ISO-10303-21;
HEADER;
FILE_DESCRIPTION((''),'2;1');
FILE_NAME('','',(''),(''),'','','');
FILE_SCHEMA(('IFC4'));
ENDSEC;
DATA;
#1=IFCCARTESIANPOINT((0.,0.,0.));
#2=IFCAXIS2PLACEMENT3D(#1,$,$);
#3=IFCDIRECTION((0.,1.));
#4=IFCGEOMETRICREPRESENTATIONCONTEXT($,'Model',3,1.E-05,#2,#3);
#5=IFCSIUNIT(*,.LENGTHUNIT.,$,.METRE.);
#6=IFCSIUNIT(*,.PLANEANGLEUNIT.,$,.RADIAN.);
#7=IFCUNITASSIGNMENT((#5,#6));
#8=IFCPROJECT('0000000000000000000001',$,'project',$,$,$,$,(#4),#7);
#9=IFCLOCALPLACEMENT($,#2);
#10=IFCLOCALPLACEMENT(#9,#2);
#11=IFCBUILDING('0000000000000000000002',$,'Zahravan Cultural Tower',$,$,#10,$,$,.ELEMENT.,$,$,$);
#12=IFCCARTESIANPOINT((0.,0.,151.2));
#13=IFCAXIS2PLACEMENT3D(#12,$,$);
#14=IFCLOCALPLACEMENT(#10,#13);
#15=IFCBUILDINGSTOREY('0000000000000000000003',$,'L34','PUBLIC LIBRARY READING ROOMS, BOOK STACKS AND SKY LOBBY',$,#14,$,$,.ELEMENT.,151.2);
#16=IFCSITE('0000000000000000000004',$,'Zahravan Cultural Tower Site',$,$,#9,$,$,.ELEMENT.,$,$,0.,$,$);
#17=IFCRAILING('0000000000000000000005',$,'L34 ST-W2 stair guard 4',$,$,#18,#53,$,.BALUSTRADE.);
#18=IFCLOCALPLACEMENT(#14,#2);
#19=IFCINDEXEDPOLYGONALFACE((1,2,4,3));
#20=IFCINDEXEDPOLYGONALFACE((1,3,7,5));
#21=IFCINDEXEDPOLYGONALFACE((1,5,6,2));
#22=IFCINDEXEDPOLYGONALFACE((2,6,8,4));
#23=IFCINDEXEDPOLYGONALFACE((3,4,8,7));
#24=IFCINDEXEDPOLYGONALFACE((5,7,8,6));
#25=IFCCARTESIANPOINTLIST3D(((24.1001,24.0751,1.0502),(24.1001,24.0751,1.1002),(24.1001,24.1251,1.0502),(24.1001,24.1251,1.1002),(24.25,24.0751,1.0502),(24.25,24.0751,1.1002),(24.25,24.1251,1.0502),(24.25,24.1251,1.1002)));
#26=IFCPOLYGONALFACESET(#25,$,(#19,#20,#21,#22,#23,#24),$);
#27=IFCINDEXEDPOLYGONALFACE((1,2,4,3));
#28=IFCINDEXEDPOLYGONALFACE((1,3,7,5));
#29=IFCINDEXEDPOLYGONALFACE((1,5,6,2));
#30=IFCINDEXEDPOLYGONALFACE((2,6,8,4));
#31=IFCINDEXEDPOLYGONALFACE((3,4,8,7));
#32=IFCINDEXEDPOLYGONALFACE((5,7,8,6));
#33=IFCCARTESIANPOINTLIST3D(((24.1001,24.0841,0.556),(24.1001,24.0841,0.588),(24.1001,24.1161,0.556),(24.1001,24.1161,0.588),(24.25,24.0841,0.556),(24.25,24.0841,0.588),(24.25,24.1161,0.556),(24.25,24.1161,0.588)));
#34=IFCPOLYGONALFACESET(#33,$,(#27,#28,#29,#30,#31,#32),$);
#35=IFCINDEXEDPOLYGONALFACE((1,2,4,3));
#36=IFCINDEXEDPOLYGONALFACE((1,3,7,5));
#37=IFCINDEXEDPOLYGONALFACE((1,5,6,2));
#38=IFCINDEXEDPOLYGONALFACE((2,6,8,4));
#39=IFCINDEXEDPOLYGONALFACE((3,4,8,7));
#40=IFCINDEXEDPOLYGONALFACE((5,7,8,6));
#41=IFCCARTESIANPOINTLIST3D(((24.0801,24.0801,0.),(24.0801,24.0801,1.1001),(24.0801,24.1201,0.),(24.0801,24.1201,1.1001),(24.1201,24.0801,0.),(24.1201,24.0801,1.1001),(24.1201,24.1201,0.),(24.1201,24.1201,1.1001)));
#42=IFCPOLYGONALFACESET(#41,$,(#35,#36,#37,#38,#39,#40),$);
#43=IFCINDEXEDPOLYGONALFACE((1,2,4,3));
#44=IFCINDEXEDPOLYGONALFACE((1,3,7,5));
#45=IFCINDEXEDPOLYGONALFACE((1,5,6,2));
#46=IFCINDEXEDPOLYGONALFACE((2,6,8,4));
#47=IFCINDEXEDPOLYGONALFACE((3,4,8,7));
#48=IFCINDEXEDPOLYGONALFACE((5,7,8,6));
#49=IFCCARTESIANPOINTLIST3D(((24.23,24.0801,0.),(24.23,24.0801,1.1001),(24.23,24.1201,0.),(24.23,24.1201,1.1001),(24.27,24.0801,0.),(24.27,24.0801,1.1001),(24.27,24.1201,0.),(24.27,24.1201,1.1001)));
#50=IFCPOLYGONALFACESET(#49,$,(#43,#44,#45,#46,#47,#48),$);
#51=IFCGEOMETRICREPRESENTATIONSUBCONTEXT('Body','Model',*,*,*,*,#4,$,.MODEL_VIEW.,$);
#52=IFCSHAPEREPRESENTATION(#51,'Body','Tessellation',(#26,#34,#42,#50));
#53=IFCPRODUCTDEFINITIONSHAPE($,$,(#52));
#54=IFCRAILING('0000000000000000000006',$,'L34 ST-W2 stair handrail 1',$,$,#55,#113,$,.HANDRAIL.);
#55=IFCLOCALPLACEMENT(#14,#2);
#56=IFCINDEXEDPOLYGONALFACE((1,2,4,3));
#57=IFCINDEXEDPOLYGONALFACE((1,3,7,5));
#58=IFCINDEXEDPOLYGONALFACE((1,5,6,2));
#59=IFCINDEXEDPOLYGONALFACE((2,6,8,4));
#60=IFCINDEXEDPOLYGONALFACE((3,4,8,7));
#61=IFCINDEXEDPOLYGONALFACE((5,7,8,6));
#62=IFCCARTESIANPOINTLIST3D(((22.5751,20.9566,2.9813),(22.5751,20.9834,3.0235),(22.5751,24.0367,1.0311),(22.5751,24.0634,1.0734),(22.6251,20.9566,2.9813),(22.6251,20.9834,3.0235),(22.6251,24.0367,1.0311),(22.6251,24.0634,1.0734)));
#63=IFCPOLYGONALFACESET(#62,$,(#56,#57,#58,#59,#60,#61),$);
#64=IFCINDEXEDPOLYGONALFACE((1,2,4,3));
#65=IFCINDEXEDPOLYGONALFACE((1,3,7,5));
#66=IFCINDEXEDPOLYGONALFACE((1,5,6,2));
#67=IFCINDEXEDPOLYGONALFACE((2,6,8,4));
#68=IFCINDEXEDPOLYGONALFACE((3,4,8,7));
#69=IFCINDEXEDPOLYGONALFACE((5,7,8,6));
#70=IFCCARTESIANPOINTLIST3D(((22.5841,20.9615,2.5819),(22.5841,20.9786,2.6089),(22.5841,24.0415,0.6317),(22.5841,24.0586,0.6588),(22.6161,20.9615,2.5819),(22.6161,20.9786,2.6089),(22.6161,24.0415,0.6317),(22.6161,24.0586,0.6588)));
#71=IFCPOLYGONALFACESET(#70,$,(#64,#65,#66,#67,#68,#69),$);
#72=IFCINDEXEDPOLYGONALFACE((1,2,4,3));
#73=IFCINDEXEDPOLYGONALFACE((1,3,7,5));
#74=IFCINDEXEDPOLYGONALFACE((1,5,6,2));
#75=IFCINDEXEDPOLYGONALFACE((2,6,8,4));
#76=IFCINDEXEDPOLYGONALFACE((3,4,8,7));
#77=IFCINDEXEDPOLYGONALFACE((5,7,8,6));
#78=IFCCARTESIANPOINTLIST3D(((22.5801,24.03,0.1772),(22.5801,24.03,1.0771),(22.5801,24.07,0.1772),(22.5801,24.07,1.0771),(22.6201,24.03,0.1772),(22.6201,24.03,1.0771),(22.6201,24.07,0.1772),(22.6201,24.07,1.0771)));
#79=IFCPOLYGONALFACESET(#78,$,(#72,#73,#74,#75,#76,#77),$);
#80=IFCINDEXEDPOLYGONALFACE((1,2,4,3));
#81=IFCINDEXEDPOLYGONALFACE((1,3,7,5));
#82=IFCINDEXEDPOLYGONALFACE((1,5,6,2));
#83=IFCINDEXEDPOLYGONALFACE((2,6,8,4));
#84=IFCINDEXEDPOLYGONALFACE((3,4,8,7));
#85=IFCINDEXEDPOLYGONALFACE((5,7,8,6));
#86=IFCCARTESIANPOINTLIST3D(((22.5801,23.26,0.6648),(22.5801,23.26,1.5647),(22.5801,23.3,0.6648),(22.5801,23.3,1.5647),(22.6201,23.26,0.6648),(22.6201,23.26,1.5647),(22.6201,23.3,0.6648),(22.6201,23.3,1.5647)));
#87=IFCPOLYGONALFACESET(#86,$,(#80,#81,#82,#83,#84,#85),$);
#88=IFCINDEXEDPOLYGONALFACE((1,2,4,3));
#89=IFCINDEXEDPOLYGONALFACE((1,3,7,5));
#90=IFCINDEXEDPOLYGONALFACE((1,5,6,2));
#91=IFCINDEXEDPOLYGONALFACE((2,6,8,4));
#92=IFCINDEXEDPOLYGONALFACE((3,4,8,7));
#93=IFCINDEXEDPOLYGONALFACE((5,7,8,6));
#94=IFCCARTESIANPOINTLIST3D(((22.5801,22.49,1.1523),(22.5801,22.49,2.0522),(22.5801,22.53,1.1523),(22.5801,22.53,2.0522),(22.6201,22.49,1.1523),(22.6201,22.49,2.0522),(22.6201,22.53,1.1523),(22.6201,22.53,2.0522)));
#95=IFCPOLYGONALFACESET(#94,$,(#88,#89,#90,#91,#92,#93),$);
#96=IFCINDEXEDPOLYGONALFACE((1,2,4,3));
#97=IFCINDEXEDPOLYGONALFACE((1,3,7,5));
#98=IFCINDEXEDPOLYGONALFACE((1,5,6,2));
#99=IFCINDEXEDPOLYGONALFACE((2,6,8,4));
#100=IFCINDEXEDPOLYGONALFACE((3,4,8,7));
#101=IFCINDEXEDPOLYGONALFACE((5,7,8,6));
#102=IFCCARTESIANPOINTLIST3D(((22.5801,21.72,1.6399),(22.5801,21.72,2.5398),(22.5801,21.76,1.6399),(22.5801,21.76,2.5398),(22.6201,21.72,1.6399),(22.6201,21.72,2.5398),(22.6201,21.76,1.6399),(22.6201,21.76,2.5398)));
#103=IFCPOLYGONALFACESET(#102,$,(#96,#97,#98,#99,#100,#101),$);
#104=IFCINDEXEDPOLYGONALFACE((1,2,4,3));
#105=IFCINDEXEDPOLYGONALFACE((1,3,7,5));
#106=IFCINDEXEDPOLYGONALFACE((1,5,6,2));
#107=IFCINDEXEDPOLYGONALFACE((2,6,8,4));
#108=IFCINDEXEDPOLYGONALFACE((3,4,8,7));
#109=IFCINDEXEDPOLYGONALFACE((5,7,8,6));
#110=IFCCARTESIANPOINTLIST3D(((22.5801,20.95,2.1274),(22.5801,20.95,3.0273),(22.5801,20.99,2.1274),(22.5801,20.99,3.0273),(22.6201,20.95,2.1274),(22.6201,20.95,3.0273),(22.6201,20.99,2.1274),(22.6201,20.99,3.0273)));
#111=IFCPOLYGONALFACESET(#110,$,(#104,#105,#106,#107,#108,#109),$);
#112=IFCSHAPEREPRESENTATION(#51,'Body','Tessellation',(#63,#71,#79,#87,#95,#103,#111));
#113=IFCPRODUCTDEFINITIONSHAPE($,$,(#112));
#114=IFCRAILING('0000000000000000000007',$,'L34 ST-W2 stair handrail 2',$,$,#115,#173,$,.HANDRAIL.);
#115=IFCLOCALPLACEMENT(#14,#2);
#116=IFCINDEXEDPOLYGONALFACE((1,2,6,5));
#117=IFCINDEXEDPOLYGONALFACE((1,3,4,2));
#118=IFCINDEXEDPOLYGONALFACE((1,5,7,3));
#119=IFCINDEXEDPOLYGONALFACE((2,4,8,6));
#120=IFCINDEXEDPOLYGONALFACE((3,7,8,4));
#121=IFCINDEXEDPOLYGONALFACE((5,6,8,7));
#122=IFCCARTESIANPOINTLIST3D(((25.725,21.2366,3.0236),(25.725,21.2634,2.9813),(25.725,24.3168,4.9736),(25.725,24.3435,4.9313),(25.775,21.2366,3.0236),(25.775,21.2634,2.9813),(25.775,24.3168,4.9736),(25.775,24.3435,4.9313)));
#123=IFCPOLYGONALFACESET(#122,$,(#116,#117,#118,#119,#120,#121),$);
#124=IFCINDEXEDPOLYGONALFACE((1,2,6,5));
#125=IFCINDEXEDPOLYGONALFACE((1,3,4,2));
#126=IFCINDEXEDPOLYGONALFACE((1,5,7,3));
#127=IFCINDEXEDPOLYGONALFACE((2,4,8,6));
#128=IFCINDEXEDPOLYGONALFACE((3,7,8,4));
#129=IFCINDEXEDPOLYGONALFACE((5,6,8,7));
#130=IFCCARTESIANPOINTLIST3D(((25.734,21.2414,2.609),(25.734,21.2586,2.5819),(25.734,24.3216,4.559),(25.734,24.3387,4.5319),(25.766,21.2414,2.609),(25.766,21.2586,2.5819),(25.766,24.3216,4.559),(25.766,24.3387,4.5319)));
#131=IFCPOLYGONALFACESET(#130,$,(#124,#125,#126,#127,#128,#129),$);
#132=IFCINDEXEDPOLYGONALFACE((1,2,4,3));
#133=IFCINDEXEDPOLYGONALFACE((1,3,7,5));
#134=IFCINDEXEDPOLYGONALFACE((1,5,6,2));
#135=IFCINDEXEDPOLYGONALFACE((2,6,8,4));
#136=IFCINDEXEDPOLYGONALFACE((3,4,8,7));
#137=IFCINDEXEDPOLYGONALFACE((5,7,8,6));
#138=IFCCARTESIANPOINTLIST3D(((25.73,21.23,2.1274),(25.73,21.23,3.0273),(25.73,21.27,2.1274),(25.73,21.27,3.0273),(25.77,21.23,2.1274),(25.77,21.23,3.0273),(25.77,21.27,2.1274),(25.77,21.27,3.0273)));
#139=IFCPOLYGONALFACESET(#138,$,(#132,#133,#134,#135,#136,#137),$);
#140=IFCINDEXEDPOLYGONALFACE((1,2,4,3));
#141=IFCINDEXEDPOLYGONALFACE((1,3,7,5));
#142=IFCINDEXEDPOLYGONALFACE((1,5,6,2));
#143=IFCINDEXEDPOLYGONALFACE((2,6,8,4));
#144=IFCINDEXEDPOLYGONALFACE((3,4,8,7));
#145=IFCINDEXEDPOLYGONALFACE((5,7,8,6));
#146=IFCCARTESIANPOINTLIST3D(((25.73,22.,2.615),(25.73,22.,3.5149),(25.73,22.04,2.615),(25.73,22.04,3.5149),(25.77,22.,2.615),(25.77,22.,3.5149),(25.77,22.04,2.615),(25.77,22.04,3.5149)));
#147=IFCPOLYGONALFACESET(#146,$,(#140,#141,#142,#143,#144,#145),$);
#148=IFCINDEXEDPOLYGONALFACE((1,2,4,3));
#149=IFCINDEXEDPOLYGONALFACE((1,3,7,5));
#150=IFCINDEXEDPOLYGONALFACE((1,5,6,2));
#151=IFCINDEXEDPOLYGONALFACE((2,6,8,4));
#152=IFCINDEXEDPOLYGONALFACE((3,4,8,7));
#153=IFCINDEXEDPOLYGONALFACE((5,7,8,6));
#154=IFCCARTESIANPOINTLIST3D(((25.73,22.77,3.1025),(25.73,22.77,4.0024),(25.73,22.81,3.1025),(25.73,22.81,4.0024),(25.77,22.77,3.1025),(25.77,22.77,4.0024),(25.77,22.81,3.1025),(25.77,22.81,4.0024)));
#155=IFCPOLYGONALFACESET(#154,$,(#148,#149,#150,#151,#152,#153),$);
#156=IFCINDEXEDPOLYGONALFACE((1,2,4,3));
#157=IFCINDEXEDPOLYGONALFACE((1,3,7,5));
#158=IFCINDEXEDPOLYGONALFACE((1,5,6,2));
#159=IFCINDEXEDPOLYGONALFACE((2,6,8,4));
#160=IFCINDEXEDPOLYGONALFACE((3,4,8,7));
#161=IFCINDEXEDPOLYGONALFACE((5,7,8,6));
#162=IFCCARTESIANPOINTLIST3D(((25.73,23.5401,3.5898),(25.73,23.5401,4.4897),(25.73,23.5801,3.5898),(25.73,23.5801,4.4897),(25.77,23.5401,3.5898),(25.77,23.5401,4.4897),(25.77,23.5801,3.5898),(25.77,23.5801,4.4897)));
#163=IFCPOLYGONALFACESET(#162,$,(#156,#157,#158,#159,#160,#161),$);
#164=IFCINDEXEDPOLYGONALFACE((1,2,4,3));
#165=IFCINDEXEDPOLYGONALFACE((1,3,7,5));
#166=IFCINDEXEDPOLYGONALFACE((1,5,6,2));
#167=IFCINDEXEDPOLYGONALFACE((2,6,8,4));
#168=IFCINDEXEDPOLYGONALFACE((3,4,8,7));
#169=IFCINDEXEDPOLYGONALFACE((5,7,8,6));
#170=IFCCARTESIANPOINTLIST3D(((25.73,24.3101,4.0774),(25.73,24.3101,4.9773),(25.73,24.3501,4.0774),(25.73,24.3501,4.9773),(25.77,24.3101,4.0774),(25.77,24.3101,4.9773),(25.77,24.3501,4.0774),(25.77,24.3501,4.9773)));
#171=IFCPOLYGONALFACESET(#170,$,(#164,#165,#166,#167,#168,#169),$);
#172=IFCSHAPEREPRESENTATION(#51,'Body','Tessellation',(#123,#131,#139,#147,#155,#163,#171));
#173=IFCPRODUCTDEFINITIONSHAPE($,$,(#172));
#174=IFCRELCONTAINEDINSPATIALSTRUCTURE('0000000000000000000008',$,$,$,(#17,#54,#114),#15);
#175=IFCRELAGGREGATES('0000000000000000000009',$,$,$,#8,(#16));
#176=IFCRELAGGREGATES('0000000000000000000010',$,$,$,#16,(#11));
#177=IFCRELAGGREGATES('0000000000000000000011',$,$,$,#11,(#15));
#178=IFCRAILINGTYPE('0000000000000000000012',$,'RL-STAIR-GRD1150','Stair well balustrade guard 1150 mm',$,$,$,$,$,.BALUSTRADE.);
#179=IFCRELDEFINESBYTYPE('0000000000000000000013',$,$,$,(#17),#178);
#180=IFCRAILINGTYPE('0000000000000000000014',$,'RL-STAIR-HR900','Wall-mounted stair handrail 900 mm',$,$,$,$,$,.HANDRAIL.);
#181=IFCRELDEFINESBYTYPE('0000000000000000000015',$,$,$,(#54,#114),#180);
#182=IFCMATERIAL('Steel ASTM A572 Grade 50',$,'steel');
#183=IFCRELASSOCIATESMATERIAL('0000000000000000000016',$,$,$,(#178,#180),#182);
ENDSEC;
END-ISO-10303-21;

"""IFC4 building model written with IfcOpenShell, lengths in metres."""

from ifc_helpers import new_model, si_unit, direction, frame, origin, origin_2d, place, context, subcontext, project, spatial, rectangle, extrude, material, type_object, element, save


model = new_model("IFC4")

# Units and contexts
model_context = context("Model", 3, precision=1e-05, world=origin(), true_north=direction((0.0, 1.0)))
body_context = subcontext(model_context, "Body", "Model", "MODEL_VIEW")
ifc_project = project(units=[si_unit("LENGTHUNIT", "METRE"), si_unit("PLANEANGLEUNIT", "RADIAN")], contexts=[model_context])

# Site, building, storey
site_placement = place(None, origin())
site = spatial("IfcSite", under=ifc_project, at=site_placement, Name="Zahravan Cultural Tower Site", CompositionType="ELEMENT", RefElevation=0.0)
building_placement = place(site_placement, origin())
building = spatial("IfcBuilding", under=site, at=building_placement, Name="Zahravan Cultural Tower", CompositionType="ELEMENT")
storey_placement = place(building_placement, frame((0.0, 0.0, 151.2)))
storey = spatial("IfcBuildingStorey", under=building, at=storey_placement, Name="L34", Description="PUBLIC LIBRARY READING ROOMS, BOOK STACKS AND SKY LOBBY", CompositionType="ELEMENT", Elevation=151.2)

# Shared definitions
ifc_material_1 = material(Name="Steel ASTM A572 Grade 50", Category="steel")

# Railings
railing_type_1 = type_object("IfcRailingType", Name="RL-STAIR-GRD1150", Description="Stair well balustrade guard 1150 mm", PredefinedType="BALUSTRADE", material=ifc_material_1)
railing_1_placement = place(storey_placement, frame((24.1001, 24.1001, 0.0)))
element("IfcRailing", 1, at=railing_1_placement, inside=storey, type_object=railing_type_1, Name="L34 ST-W2 stair guard 4", PredefinedType="BALUSTRADE", context=body_context, shape_type="SweptSolid", body=[
    extrude(rectangle(XDim=0.05, YDim=0.05, at=origin_2d()), frame((0.0, 0.0, 1.0752), z_axis=(1.0, 0.0, 0.0), x_axis=(0.0, 1.0, 0.0)), (0.0, 0.0, 1.0), 0.1499),
    extrude(rectangle(XDim=0.032, YDim=0.032, at=origin_2d()), frame((0.0, 0.0, 0.572), z_axis=(1.0, 0.0, 0.0), x_axis=(0.0, 1.0, 0.0)), (0.0, 0.0, 1.0), 0.1499),
    extrude(rectangle(XDim=0.04, YDim=0.04, at=origin_2d()), origin(), (0.0, 0.0, 1.0), 1.1001),
    extrude(rectangle(XDim=0.04, YDim=0.04, at=origin_2d()), frame((0.1499, 0.0, 0.0)), (0.0, 0.0, 1.0), 1.1001),
])
railing_type_2 = type_object("IfcRailingType", Name="RL-STAIR-HR900", Description="Wall-mounted stair handrail 900 mm", PredefinedType="HANDRAIL", material=ifc_material_1)
railing_2_placement = place(storey_placement, frame((22.6001, 24.05, 0.1772)))
element("IfcRailing", 2, at=railing_2_placement, inside=storey, type_object=railing_type_2, Name="L34 ST-W2 stair handrail 1", PredefinedType="HANDRAIL", context=body_context, shape_type="SweptSolid", body=[
    extrude(rectangle(XDim=0.05, YDim=0.05, at=origin_2d()), frame((0.0, 0.0, 0.875), z_axis=(0.0, -0.844884, 0.53495), x_axis=(1.0, 0.0, 0.0)), (0.0, 0.0, 1.0), 3.6455),
    extrude(rectangle(XDim=0.032, YDim=0.032, at=origin_2d()), frame((0.0, 0.0, 0.468), z_axis=(0.0, -0.844884, 0.53495), x_axis=(1.0, 0.0, 0.0)), (0.0, 0.0, 1.0), 3.6455),
    extrude(rectangle(XDim=0.04, YDim=0.04, at=origin_2d()), origin(), (0.0, 0.0, 1.0), 0.8999),
    extrude(rectangle(XDim=0.04, YDim=0.04, at=origin_2d()), frame((0.0, -0.77, 0.4875)), (0.0, 0.0, 1.0), 0.8999),
    extrude(rectangle(XDim=0.04, YDim=0.04, at=origin_2d()), frame((0.0, -1.54, 0.9751)), (0.0, 0.0, 1.0), 0.8999),
    extrude(rectangle(XDim=0.04, YDim=0.04, at=origin_2d()), frame((0.0, -2.3101, 1.4626)), (0.0, 0.0, 1.0), 0.8999),
    extrude(rectangle(XDim=0.04, YDim=0.04, at=origin_2d()), frame((0.0, -3.0801, 1.9502)), (0.0, 0.0, 1.0), 0.8999),
])
railing_3_placement = place(storey_placement, frame((25.75, 21.25, 2.1274)))
element("IfcRailing", 3, at=railing_3_placement, inside=storey, type_object=railing_type_2, Name="L34 ST-W2 stair handrail 2", PredefinedType="HANDRAIL", context=body_context, shape_type="SweptSolid", body=[
    extrude(rectangle(XDim=0.05, YDim=0.05, at=origin_2d()), frame((0.0, 0.0, 0.875), z_axis=(0.0, 0.844914, 0.534902), x_axis=(-1.0, 0.0, 0.0)), (0.0, 0.0, 1.0), 3.6455),
    extrude(rectangle(XDim=0.032, YDim=0.032, at=origin_2d()), frame((0.0, 0.0, 0.468), z_axis=(0.0, 0.844914, 0.534902), x_axis=(-1.0, 0.0, 0.0)), (0.0, 0.0, 1.0), 3.6455),
    extrude(rectangle(XDim=0.04, YDim=0.04, at=origin_2d()), origin(), (0.0, 0.0, 1.0), 0.8999),
    extrude(rectangle(XDim=0.04, YDim=0.04, at=origin_2d()), frame((0.0, 0.77, 0.4875)), (0.0, 0.0, 1.0), 0.8999),
    extrude(rectangle(XDim=0.04, YDim=0.04, at=origin_2d()), frame((0.0, 1.54, 0.9751)), (0.0, 0.0, 1.0), 0.8999),
    extrude(rectangle(XDim=0.04, YDim=0.04, at=origin_2d()), frame((0.0, 2.3101, 1.4624)), (0.0, 0.0, 1.0), 0.8999),
    extrude(rectangle(XDim=0.04, YDim=0.04, at=origin_2d()), frame((0.0, 3.0801, 1.95)), (0.0, 0.0, 1.0), 0.8999),
])

save(model, "model.ifc")
